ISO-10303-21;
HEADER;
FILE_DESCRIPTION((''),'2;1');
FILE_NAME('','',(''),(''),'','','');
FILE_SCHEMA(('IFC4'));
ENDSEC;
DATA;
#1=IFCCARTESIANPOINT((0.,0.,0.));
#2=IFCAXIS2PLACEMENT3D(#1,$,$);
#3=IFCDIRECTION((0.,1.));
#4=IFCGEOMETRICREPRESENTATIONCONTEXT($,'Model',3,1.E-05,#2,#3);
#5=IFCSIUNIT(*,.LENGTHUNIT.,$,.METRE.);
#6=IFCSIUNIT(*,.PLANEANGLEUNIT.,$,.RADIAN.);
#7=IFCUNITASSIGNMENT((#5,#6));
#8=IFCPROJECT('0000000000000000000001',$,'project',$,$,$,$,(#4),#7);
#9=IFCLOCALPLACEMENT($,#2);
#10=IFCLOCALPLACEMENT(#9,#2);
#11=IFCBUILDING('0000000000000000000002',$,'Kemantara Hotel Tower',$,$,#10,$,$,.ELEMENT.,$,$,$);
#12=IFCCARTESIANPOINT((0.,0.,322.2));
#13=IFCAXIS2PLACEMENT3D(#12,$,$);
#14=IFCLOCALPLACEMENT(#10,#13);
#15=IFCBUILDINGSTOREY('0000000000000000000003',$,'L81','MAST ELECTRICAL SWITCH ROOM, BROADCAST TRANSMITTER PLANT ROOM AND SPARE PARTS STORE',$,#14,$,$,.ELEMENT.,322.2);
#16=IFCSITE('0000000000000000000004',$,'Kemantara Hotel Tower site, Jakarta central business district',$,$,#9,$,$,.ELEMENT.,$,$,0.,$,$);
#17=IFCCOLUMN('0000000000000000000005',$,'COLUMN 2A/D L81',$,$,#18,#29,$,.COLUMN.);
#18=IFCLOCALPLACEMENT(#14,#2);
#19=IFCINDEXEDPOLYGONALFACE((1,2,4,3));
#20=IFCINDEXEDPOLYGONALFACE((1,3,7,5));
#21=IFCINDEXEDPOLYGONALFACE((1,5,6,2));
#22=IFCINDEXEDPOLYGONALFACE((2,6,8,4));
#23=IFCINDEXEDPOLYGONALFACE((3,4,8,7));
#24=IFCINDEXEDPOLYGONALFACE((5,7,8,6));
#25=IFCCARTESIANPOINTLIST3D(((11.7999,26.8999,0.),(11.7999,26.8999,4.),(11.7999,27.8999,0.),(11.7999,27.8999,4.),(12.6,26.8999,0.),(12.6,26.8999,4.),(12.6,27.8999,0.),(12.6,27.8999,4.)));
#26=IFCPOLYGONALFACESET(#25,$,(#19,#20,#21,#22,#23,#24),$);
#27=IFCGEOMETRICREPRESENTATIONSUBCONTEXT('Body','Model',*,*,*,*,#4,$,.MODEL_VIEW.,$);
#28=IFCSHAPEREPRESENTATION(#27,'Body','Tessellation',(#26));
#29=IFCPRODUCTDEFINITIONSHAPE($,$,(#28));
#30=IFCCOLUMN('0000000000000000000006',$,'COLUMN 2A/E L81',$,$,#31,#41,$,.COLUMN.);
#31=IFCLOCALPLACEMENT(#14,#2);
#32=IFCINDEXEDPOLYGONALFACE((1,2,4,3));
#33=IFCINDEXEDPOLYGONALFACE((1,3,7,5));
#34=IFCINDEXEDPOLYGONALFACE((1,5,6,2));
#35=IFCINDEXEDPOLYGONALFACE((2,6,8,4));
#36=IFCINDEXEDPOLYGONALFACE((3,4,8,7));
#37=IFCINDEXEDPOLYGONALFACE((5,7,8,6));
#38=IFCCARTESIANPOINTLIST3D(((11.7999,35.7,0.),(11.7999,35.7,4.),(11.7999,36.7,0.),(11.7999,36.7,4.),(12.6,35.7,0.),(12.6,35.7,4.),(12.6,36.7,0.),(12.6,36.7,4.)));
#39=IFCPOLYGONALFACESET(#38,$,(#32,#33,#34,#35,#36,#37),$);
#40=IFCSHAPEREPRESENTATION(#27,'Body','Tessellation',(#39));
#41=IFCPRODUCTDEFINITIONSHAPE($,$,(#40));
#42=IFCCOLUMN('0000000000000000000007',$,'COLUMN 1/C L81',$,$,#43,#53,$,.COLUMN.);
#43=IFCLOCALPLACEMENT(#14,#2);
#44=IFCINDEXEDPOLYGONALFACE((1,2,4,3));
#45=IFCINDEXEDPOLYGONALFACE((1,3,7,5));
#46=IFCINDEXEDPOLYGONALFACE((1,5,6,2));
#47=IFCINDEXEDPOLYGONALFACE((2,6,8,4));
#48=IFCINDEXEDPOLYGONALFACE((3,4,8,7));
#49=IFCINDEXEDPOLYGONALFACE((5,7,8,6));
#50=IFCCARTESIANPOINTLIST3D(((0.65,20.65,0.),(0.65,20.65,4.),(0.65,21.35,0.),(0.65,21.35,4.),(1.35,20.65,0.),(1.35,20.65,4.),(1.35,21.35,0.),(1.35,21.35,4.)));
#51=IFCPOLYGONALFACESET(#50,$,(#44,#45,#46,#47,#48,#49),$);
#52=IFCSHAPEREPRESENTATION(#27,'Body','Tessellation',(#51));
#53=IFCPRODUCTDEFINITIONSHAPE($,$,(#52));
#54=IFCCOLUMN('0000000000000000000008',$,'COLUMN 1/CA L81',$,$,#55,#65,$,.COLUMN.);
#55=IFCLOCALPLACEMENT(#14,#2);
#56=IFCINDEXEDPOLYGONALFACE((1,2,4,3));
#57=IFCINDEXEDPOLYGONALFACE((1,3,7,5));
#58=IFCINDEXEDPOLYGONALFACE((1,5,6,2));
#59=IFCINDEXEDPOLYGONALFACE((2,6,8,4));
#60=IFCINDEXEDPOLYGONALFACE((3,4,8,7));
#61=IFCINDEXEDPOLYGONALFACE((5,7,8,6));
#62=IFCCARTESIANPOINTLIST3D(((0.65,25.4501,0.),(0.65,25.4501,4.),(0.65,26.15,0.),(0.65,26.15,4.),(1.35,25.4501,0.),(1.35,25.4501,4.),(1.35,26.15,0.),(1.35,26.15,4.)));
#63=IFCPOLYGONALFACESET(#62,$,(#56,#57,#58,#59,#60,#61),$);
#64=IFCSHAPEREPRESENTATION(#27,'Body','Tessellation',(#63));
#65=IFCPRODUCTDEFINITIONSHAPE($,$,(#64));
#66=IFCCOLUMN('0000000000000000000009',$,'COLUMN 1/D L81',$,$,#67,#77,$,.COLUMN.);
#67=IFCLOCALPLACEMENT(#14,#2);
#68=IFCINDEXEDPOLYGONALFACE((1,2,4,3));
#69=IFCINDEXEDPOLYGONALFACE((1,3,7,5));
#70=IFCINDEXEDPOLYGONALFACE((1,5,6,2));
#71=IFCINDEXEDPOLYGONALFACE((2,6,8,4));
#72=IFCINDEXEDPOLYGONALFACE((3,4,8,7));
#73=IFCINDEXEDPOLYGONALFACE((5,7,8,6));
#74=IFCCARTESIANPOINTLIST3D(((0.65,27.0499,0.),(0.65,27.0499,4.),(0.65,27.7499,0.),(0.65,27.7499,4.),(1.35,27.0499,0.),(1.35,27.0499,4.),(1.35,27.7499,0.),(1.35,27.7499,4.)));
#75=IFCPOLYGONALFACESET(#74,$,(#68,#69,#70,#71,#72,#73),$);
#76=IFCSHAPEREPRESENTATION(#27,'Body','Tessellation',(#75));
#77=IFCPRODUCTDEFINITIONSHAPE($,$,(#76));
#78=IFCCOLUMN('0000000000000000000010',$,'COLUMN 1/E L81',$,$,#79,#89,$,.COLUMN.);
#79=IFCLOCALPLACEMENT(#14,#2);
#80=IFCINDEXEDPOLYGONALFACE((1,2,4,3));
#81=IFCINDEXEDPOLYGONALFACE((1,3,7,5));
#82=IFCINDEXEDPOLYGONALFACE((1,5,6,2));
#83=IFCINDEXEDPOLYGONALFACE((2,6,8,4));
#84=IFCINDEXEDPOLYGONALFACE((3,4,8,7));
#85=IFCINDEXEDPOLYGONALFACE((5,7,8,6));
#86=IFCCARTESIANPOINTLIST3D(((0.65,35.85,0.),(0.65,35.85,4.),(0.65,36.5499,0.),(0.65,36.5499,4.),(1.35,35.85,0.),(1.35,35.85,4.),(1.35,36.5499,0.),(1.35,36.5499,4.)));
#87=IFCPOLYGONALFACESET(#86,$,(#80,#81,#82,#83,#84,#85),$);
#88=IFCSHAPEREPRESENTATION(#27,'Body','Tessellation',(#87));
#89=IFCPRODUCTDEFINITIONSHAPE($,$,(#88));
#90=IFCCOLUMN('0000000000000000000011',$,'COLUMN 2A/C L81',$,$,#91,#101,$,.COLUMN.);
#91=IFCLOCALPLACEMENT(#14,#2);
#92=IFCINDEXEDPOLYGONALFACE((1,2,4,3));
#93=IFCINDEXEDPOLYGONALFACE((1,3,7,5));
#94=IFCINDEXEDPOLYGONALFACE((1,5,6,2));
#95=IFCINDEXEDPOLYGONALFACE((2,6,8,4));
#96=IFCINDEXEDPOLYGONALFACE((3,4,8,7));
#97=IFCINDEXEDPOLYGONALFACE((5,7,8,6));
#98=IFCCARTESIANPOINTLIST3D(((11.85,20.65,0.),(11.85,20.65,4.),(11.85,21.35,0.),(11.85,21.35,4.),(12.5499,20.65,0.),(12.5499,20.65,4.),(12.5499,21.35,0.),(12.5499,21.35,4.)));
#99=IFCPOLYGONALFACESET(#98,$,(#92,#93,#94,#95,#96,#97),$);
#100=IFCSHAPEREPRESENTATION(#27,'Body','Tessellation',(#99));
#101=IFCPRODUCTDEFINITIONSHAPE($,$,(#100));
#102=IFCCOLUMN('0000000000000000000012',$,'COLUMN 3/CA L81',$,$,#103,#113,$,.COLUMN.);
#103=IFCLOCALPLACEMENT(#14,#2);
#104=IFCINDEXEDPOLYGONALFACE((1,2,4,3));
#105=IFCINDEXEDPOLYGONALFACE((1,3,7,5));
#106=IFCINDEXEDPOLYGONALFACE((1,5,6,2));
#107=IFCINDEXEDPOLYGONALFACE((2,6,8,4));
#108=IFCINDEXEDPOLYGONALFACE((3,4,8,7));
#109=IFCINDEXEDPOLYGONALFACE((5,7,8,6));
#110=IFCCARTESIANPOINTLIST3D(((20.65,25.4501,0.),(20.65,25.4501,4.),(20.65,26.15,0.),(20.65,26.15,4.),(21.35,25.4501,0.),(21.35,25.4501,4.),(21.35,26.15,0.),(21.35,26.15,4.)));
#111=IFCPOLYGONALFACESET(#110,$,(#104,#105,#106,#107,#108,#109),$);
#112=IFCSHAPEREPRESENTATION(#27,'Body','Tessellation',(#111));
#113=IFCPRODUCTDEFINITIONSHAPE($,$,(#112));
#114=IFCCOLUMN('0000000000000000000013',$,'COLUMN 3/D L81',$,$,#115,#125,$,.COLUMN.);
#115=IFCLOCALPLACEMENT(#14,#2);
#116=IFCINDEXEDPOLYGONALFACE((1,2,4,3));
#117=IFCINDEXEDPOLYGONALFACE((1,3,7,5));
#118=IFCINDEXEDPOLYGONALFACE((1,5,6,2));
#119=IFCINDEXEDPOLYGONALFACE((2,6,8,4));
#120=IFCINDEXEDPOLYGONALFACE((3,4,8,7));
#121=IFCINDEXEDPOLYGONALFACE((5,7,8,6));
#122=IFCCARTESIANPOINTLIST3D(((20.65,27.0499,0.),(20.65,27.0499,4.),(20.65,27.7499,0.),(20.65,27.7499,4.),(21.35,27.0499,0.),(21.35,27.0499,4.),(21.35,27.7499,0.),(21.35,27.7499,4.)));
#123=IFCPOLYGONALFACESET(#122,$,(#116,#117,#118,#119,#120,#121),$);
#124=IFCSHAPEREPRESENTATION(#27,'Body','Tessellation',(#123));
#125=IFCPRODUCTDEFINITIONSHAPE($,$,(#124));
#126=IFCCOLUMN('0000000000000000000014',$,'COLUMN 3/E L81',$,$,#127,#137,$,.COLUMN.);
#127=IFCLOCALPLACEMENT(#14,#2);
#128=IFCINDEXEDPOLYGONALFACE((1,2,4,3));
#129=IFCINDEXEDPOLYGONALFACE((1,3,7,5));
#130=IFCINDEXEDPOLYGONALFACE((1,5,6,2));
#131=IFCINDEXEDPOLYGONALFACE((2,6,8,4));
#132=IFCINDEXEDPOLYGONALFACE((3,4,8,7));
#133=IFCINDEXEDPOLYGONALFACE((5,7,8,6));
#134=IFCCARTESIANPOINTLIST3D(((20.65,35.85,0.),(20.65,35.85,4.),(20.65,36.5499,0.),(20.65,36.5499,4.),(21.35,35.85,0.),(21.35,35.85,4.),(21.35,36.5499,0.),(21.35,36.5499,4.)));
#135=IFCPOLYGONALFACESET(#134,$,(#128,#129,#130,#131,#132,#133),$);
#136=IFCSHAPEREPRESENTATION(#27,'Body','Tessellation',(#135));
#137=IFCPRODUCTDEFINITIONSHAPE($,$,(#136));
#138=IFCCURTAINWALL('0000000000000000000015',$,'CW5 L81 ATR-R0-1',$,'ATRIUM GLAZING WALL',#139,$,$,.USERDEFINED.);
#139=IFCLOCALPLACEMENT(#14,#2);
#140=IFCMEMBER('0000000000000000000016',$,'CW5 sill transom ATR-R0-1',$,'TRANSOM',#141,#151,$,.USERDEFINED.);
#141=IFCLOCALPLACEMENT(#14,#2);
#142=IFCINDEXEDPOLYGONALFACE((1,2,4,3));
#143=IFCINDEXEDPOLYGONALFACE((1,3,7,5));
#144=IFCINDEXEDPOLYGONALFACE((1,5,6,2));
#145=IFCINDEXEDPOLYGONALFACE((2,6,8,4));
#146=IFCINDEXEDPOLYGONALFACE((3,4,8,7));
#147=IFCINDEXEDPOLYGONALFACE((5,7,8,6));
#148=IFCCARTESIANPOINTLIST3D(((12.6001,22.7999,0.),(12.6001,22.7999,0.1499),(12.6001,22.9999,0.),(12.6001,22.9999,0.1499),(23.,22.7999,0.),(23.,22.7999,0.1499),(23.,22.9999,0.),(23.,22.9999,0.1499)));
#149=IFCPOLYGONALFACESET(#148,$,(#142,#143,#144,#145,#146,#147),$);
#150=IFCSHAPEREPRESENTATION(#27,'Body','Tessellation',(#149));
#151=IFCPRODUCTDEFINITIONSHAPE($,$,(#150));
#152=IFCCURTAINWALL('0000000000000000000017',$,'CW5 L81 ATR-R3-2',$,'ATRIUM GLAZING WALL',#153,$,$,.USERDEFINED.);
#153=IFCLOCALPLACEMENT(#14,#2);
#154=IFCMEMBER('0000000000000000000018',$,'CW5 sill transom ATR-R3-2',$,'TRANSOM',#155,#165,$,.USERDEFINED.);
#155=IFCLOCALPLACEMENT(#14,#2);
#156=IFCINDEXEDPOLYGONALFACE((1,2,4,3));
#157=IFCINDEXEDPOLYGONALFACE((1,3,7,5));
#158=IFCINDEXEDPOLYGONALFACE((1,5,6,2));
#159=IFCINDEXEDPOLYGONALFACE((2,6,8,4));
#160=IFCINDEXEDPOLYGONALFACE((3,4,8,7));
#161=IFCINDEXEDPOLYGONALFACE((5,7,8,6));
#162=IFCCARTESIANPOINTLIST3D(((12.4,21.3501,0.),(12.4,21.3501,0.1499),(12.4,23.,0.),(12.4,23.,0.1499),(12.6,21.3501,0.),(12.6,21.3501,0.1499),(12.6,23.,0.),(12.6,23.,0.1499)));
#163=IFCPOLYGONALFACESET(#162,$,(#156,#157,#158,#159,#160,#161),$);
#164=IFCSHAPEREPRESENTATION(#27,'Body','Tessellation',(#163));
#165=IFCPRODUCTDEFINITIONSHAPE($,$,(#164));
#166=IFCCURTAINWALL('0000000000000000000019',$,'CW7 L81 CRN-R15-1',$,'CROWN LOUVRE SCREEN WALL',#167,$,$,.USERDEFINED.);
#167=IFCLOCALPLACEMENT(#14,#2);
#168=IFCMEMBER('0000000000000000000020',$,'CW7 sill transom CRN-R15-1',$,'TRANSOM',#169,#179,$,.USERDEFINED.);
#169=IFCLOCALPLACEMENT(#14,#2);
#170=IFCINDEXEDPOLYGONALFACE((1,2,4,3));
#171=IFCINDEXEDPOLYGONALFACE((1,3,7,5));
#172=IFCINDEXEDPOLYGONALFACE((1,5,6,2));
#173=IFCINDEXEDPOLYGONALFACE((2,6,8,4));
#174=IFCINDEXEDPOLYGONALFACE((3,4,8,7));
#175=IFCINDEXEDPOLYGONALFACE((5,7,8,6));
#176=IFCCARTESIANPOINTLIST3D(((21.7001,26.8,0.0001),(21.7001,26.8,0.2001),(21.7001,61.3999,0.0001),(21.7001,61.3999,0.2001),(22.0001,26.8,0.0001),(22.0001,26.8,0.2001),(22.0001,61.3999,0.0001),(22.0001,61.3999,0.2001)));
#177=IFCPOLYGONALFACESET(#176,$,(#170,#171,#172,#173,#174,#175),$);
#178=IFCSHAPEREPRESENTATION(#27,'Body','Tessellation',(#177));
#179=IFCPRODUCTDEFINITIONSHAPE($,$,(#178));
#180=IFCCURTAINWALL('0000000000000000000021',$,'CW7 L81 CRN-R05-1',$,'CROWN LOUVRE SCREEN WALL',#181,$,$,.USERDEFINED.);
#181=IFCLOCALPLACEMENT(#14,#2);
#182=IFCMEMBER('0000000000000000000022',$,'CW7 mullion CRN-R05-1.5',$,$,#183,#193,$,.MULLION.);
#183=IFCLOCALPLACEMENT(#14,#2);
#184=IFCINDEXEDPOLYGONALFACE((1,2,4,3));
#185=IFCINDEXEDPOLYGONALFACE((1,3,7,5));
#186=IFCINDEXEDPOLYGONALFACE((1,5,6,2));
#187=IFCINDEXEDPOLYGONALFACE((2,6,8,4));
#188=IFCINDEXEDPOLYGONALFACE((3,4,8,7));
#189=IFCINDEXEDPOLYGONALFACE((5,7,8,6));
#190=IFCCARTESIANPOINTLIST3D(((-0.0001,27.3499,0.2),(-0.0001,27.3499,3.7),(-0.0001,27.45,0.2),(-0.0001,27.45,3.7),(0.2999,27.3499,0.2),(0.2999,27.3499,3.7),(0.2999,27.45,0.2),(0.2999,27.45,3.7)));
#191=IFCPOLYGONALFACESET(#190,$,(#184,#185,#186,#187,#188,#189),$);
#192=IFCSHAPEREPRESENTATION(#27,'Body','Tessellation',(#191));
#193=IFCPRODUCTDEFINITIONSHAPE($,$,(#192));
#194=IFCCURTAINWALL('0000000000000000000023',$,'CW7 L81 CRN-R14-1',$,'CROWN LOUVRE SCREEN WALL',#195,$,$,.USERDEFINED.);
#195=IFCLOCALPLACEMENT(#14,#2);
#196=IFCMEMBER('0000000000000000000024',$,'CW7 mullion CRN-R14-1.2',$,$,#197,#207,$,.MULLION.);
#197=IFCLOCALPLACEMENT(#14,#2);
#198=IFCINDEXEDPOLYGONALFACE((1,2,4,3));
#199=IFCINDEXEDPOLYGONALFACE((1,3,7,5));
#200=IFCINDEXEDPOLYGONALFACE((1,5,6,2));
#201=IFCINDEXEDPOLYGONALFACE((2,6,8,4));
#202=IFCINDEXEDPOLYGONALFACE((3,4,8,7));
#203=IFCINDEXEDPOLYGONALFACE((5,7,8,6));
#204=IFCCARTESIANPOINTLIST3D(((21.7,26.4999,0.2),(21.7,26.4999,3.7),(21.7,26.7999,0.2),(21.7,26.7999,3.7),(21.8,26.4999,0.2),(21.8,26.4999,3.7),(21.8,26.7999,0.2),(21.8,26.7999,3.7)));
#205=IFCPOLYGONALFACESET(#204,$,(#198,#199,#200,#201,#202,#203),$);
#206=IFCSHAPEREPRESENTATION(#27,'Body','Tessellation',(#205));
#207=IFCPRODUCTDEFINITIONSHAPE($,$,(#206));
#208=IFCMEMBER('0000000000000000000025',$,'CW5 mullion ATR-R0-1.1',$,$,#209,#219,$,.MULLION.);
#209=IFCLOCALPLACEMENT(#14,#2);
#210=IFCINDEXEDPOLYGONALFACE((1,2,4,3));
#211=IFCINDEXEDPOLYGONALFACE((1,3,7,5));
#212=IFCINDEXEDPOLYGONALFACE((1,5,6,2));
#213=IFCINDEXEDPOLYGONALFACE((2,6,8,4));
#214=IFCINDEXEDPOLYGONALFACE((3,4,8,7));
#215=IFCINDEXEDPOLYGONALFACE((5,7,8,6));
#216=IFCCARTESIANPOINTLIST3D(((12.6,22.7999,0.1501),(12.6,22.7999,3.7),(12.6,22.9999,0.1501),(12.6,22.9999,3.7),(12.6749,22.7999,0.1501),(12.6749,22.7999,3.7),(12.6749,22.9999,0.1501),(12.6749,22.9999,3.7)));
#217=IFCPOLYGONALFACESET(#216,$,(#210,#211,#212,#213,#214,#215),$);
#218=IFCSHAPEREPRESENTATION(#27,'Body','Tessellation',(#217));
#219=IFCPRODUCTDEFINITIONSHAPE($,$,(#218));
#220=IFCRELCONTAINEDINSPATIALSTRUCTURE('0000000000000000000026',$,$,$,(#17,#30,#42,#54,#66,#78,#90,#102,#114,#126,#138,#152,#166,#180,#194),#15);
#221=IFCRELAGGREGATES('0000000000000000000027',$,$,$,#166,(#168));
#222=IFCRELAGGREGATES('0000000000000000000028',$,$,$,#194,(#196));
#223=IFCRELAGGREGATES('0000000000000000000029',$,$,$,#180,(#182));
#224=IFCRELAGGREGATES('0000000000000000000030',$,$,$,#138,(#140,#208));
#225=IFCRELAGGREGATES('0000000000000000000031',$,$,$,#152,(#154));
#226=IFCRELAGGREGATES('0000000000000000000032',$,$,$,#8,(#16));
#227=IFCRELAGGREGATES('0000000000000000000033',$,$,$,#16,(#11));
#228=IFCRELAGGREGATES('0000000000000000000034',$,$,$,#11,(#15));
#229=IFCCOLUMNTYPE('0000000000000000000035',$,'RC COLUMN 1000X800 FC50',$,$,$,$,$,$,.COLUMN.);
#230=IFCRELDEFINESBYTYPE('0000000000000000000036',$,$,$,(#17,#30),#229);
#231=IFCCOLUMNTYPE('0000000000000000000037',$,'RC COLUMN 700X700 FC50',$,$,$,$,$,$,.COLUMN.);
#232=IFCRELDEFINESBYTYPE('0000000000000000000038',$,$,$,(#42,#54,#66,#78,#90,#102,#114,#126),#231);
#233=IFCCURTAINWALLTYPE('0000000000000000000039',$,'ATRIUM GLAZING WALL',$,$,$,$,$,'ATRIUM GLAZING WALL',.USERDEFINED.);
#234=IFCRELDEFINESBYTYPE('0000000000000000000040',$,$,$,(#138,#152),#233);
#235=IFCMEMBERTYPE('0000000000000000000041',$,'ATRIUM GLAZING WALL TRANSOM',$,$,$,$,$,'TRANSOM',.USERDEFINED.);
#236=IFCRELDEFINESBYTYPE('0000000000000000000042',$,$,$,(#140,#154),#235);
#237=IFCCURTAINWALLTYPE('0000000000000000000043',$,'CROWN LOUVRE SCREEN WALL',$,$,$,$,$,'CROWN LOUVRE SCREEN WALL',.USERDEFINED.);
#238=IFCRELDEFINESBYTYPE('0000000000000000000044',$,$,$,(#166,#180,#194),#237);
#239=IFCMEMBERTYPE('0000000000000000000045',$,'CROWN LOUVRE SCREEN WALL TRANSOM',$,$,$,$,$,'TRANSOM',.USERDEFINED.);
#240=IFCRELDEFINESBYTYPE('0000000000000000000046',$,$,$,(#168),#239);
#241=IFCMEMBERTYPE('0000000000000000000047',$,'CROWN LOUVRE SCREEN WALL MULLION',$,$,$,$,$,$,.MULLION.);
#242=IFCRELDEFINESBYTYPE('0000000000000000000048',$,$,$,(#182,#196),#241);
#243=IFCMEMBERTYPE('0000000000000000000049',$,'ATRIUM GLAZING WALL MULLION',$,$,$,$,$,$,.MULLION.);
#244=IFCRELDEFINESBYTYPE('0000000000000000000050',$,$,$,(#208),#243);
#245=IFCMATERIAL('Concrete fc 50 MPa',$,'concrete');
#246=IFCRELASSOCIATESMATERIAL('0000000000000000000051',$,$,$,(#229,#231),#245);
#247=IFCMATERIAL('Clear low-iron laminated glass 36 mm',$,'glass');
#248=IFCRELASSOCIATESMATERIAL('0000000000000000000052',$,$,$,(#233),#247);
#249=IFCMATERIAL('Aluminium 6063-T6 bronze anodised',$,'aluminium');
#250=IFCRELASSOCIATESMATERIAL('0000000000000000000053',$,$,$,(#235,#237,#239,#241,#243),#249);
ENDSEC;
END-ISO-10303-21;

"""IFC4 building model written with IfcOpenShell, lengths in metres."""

from ifc_helpers import new_model, si_unit, direction, frame, origin, origin_2d, place, context, subcontext, project, spatial, rectangle, extrude, source, transform, mapped, material, material_profile, profile_set, type_object, element, aggregate, save


model = new_model("IFC4")

# Units and contexts
model_context = context("Model", 3, precision=1e-05, world=origin(), true_north=direction((0.0, 1.0)))
body_context = subcontext(model_context, "Body", "Model", "MODEL_VIEW")
ifc_project = project(units=[si_unit("LENGTHUNIT", "METRE"), si_unit("PLANEANGLEUNIT", "RADIAN")], contexts=[model_context])

# Site, building, storey
site_placement = place(None, origin())
site = spatial("IfcSite", under=ifc_project, at=site_placement, Name="Kemantara Hotel Tower site, Jakarta central business district", CompositionType="ELEMENT", RefElevation=0.0)
building_placement = place(site_placement, origin())
building = spatial("IfcBuilding", under=site, at=building_placement, Name="Kemantara Hotel Tower", CompositionType="ELEMENT")
storey_placement = place(building_placement, frame((0.0, 0.0, 322.2)))
storey = spatial("IfcBuildingStorey", under=building, at=storey_placement, Name="L81", Description="MAST ELECTRICAL SWITCH ROOM, BROADCAST TRANSMITTER PLANT ROOM AND SPARE PARTS STORE", CompositionType="ELEMENT", Elevation=322.2)

# Columns
ifc_material_1 = material(Name="Concrete fc 50 MPa", Category="concrete")
ifc_material_profile_1 = material_profile(ifc_material_1, rectangle(XDim=1.0, YDim=0.8, at=origin_2d()), Name="RC 1000X800")
ifc_profile_set_1 = profile_set([ifc_material_profile_1], Name="Concrete fc 50 MPa")
column_type_1 = type_object("IfcColumnType", Name="RC COLUMN 1000X800 FC50", PredefinedType="COLUMN", material=ifc_profile_set_1)
for number, where, z_axis, x_axis, name in (
    (1, (12.2, 27.3999, 0.0), (0.0, 0.0, 1.0), (0.0, 1.0, 0.0), "COLUMN 2A/D L81"),
    (2, (12.2, 36.2, 0.0), (0.0, 0.0, 1.0), (0.0, 1.0, 0.0), "COLUMN 2A/E L81"),
):
    element("IfcColumn", number, at=place(storey_placement, frame(where, z_axis=z_axis, x_axis=x_axis)), inside=storey, type_object=column_type_1, Name=name, PredefinedType="COLUMN", context=body_context, shape_type="SweptSolid", body=[
        extrude(rectangle(XDim=1.0, YDim=0.8, at=origin_2d()), origin(), (0.0, 0.0, 1.0), 4.0),
    ])
ifc_material_profile_2 = material_profile(ifc_material_1, rectangle(XDim=0.7, YDim=0.7, at=origin_2d()), Name="RC 700X700")
ifc_profile_set_2 = profile_set([ifc_material_profile_2], Name="Concrete fc 50 MPa")
column_type_2 = type_object("IfcColumnType", Name="RC COLUMN 700X700 FC50", PredefinedType="COLUMN", material=ifc_profile_set_2)
for number, where, z_axis, x_axis, name in (
    (3, (1.0, 21.0, 0.0), (0.0, 0.0, 1.0), (1.0, 0.0, 0.0), "COLUMN 1/C L81"),
    (4, (1.0, 25.8, 0.0), (0.0, 0.0, 1.0), (1.0, 0.0, 0.0), "COLUMN 1/CA L81"),
    (5, (1.0, 27.3999, 0.0), (0.0, 0.0, 1.0), (1.0, 0.0, 0.0), "COLUMN 1/D L81"),
    (6, (1.0, 36.2, 0.0), (0.0, 0.0, 1.0), (1.0, 0.0, 0.0), "COLUMN 1/E L81"),
    (7, (12.2, 21.0, 0.0), (0.0, 0.0, 1.0), (1.0, 0.0, 0.0), "COLUMN 2A/C L81"),
    (8, (21.0, 25.8, 0.0), (0.0, 0.0, 1.0), (1.0, 0.0, 0.0), "COLUMN 3/CA L81"),
    (9, (21.0, 27.3999, 0.0), (0.0, 0.0, 1.0), (1.0, 0.0, 0.0), "COLUMN 3/D L81"),
    (10, (21.0, 36.2, 0.0), (0.0, 0.0, 1.0), (1.0, 0.0, 0.0), "COLUMN 3/E L81"),
):
    element("IfcColumn", number, at=place(storey_placement, frame(where, z_axis=z_axis, x_axis=x_axis)), inside=storey, type_object=column_type_2, Name=name, PredefinedType="COLUMN", context=body_context, shape_type="SweptSolid", body=[
        extrude(rectangle(XDim=0.7, YDim=0.7, at=origin_2d()), origin(), (0.0, 0.0, 1.0), 4.0),
    ])

# Curtain walls, members
ifc_material_2 = material(Name="Clear low-iron laminated glass 36 mm", Category="glass")
curtain_wall_type_1 = type_object("IfcCurtainWallType", Name="ATRIUM GLAZING WALL", ElementType="ATRIUM GLAZING WALL", PredefinedType="USERDEFINED", material=ifc_material_2)
curtain_wall_1_placement = place(storey_placement, origin())
curtain_wall_1 = element("IfcCurtainWall", 11, at=curtain_wall_1_placement, inside=storey, type_object=curtain_wall_type_1, Name="CW5 L81 ATR-R0-1", ObjectType="ATRIUM GLAZING WALL", PredefinedType="USERDEFINED")
ifc_material_3 = material(Name="Aluminium 6063-T6 bronze anodised", Category="aluminium")
ifc_material_profile_3 = material_profile(ifc_material_3, rectangle(XDim=0.2, YDim=0.1499, at=origin_2d()), Name="ATRIUM GLAZING WALL TRANSOM")
ifc_profile_set_3 = profile_set([ifc_material_profile_3], Name="Aluminium 6063-T6 bronze anodised")
member_type_1 = type_object("IfcMemberType", Name="ATRIUM GLAZING WALL TRANSOM", ElementType="TRANSOM", PredefinedType="USERDEFINED", material=ifc_profile_set_3)
member_1_placement = place(storey_placement, frame((12.6001, 22.8999, 0.075), z_axis=(1.0, 0.0, 0.0), x_axis=(0.0, 1.0, 0.0)))
member_1 = element("IfcMember", 12, at=member_1_placement, type_object=member_type_1, Name="CW5 sill transom ATR-R0-1", ObjectType="TRANSOM", PredefinedType="USERDEFINED", context=body_context, shape_type="SweptSolid", body=[
    extrude(rectangle(XDim=0.2, YDim=0.1499, at=origin_2d()), origin(), (0.0, 0.0, 1.0), 10.3999),
])
curtain_wall_2_placement = place(storey_placement, origin())
curtain_wall_2 = element("IfcCurtainWall", 13, at=curtain_wall_2_placement, inside=storey, type_object=curtain_wall_type_1, Name="CW5 L81 ATR-R3-2", ObjectType="ATRIUM GLAZING WALL", PredefinedType="USERDEFINED")
member_2_placement = place(storey_placement, frame((12.5, 21.3501, 0.075), z_axis=(0.0, 1.0, 0.0), x_axis=(-1.0, 0.0, 0.0)))
member_2 = element("IfcMember", 14, at=member_2_placement, type_object=member_type_1, Name="CW5 sill transom ATR-R3-2", ObjectType="TRANSOM", PredefinedType="USERDEFINED", context=body_context, shape_type="SweptSolid", body=[
    extrude(rectangle(XDim=0.2, YDim=0.1499, at=origin_2d()), origin(), (0.0, 0.0, 1.0), 1.6499),
])
curtain_wall_type_2 = type_object("IfcCurtainWallType", Name="CROWN LOUVRE SCREEN WALL", ElementType="CROWN LOUVRE SCREEN WALL", PredefinedType="USERDEFINED", material=ifc_material_3)
curtain_wall_3_placement = place(storey_placement, origin())
curtain_wall_3 = element("IfcCurtainWall", 15, at=curtain_wall_3_placement, inside=storey, type_object=curtain_wall_type_2, Name="CW7 L81 CRN-R15-1", ObjectType="CROWN LOUVRE SCREEN WALL", PredefinedType="USERDEFINED")
ifc_material_profile_4 = material_profile(ifc_material_3, rectangle(XDim=0.3, YDim=0.2, at=origin_2d()), Name="CROWN LOUVRE SCREEN WALL TRANSOM")
ifc_profile_set_4 = profile_set([ifc_material_profile_4], Name="Aluminium 6063-T6 bronze anodised")
member_type_2 = type_object("IfcMemberType", Name="CROWN LOUVRE SCREEN WALL TRANSOM", ElementType="TRANSOM", PredefinedType="USERDEFINED", material=ifc_profile_set_4)
member_3_placement = place(storey_placement, frame((21.8501, 26.8, 0.1001), z_axis=(0.0, 1.0, 0.0), x_axis=(-1.0, 0.0, 0.0)))
member_3 = element("IfcMember", 16, at=member_3_placement, type_object=member_type_2, Name="CW7 sill transom CRN-R15-1", ObjectType="TRANSOM", PredefinedType="USERDEFINED", context=body_context, shape_type="SweptSolid", body=[
    extrude(rectangle(XDim=0.3, YDim=0.2, at=origin_2d()), origin(), (0.0, 0.0, 1.0), 34.5999),
])
aggregate(curtain_wall_3, [member_3])
curtain_wall_4_placement = place(storey_placement, origin())
curtain_wall_4 = element("IfcCurtainWall", 17, at=curtain_wall_4_placement, inside=storey, type_object=curtain_wall_type_2, Name="CW7 L81 CRN-R05-1", ObjectType="CROWN LOUVRE SCREEN WALL", PredefinedType="USERDEFINED")
ifc_material_profile_5 = material_profile(ifc_material_3, rectangle(XDim=0.3, YDim=0.1001, at=origin_2d()), Name="CROWN LOUVRE SCREEN WALL MULLION")
ifc_profile_set_5 = profile_set([ifc_material_profile_5], Name="Aluminium 6063-T6 bronze anodised")
member_type_3 = type_object("IfcMemberType", Name="CROWN LOUVRE SCREEN WALL MULLION", PredefinedType="MULLION", material=ifc_profile_set_5)
shared_shape_1 = source(origin(), body_context, "Body", "SweptSolid", [
    extrude(rectangle(XDim=0.3, YDim=0.1001, at=origin_2d()), origin(), (0.0, 0.0, 1.0), 3.5),
])
member_4_placement = place(storey_placement, frame((0.1499, 27.3999, 0.2), z_axis=(0.0, 0.0, 1.0), x_axis=(1.0, 0.0, 0.0)))
member_4 = element("IfcMember", 18, at=member_4_placement, type_object=member_type_3, Name="CW7 mullion CRN-R05-1.5", PredefinedType="MULLION", context=body_context, shape_type="MappedRepresentation", body=[
    mapped(shared_shape_1, transform((0.0, 0.0, 0.0))),
])
curtain_wall_5_placement = place(storey_placement, origin())
curtain_wall_5 = element("IfcCurtainWall", 19, at=curtain_wall_5_placement, inside=storey, type_object=curtain_wall_type_2, Name="CW7 L81 CRN-R14-1", ObjectType="CROWN LOUVRE SCREEN WALL", PredefinedType="USERDEFINED")
member_5_placement = place(storey_placement, frame((21.75, 26.6499, 0.2), z_axis=(0.0, 0.0, 1.0), x_axis=(0.0, -1.0, 0.0)))
member_5 = element("IfcMember", 20, at=member_5_placement, type_object=member_type_3, Name="CW7 mullion CRN-R14-1.2", PredefinedType="MULLION", context=body_context, shape_type="MappedRepresentation", body=[
    mapped(shared_shape_1, transform((0.0, 0.0, 0.0))),
])
aggregate(curtain_wall_5, [member_5])

# Member
ifc_material_profile_6 = material_profile(ifc_material_3, rectangle(XDim=0.2, YDim=0.075, at=origin_2d()), Name="ATRIUM GLAZING WALL MULLION")
ifc_profile_set_6 = profile_set([ifc_material_profile_6], Name="Aluminium 6063-T6 bronze anodised")
member_type_4 = type_object("IfcMemberType", Name="ATRIUM GLAZING WALL MULLION", PredefinedType="MULLION", material=ifc_profile_set_6)
shared_shape_2 = source(origin(), body_context, "Body", "SweptSolid", [
    extrude(rectangle(XDim=0.2, YDim=0.075, at=origin_2d()), origin(), (0.0, 0.0, 1.0), 3.5498),
])
member_6_placement = place(storey_placement, frame((12.6375, 22.8999, 0.1501), z_axis=(0.0, 0.0, 1.0), x_axis=(0.0, 1.0, 0.0)))
member_6 = element("IfcMember", 21, at=member_6_placement, type_object=member_type_4, Name="CW5 mullion ATR-R0-1.1", PredefinedType="MULLION", context=body_context, shape_type="MappedRepresentation", body=[
    mapped(shared_shape_2, transform((0.0, 0.0, 0.0))),
])

aggregate(curtain_wall_4, [member_4])
aggregate(curtain_wall_1, [member_1, member_6])
aggregate(curtain_wall_2, [member_2])

save(model, "model.ifc")
